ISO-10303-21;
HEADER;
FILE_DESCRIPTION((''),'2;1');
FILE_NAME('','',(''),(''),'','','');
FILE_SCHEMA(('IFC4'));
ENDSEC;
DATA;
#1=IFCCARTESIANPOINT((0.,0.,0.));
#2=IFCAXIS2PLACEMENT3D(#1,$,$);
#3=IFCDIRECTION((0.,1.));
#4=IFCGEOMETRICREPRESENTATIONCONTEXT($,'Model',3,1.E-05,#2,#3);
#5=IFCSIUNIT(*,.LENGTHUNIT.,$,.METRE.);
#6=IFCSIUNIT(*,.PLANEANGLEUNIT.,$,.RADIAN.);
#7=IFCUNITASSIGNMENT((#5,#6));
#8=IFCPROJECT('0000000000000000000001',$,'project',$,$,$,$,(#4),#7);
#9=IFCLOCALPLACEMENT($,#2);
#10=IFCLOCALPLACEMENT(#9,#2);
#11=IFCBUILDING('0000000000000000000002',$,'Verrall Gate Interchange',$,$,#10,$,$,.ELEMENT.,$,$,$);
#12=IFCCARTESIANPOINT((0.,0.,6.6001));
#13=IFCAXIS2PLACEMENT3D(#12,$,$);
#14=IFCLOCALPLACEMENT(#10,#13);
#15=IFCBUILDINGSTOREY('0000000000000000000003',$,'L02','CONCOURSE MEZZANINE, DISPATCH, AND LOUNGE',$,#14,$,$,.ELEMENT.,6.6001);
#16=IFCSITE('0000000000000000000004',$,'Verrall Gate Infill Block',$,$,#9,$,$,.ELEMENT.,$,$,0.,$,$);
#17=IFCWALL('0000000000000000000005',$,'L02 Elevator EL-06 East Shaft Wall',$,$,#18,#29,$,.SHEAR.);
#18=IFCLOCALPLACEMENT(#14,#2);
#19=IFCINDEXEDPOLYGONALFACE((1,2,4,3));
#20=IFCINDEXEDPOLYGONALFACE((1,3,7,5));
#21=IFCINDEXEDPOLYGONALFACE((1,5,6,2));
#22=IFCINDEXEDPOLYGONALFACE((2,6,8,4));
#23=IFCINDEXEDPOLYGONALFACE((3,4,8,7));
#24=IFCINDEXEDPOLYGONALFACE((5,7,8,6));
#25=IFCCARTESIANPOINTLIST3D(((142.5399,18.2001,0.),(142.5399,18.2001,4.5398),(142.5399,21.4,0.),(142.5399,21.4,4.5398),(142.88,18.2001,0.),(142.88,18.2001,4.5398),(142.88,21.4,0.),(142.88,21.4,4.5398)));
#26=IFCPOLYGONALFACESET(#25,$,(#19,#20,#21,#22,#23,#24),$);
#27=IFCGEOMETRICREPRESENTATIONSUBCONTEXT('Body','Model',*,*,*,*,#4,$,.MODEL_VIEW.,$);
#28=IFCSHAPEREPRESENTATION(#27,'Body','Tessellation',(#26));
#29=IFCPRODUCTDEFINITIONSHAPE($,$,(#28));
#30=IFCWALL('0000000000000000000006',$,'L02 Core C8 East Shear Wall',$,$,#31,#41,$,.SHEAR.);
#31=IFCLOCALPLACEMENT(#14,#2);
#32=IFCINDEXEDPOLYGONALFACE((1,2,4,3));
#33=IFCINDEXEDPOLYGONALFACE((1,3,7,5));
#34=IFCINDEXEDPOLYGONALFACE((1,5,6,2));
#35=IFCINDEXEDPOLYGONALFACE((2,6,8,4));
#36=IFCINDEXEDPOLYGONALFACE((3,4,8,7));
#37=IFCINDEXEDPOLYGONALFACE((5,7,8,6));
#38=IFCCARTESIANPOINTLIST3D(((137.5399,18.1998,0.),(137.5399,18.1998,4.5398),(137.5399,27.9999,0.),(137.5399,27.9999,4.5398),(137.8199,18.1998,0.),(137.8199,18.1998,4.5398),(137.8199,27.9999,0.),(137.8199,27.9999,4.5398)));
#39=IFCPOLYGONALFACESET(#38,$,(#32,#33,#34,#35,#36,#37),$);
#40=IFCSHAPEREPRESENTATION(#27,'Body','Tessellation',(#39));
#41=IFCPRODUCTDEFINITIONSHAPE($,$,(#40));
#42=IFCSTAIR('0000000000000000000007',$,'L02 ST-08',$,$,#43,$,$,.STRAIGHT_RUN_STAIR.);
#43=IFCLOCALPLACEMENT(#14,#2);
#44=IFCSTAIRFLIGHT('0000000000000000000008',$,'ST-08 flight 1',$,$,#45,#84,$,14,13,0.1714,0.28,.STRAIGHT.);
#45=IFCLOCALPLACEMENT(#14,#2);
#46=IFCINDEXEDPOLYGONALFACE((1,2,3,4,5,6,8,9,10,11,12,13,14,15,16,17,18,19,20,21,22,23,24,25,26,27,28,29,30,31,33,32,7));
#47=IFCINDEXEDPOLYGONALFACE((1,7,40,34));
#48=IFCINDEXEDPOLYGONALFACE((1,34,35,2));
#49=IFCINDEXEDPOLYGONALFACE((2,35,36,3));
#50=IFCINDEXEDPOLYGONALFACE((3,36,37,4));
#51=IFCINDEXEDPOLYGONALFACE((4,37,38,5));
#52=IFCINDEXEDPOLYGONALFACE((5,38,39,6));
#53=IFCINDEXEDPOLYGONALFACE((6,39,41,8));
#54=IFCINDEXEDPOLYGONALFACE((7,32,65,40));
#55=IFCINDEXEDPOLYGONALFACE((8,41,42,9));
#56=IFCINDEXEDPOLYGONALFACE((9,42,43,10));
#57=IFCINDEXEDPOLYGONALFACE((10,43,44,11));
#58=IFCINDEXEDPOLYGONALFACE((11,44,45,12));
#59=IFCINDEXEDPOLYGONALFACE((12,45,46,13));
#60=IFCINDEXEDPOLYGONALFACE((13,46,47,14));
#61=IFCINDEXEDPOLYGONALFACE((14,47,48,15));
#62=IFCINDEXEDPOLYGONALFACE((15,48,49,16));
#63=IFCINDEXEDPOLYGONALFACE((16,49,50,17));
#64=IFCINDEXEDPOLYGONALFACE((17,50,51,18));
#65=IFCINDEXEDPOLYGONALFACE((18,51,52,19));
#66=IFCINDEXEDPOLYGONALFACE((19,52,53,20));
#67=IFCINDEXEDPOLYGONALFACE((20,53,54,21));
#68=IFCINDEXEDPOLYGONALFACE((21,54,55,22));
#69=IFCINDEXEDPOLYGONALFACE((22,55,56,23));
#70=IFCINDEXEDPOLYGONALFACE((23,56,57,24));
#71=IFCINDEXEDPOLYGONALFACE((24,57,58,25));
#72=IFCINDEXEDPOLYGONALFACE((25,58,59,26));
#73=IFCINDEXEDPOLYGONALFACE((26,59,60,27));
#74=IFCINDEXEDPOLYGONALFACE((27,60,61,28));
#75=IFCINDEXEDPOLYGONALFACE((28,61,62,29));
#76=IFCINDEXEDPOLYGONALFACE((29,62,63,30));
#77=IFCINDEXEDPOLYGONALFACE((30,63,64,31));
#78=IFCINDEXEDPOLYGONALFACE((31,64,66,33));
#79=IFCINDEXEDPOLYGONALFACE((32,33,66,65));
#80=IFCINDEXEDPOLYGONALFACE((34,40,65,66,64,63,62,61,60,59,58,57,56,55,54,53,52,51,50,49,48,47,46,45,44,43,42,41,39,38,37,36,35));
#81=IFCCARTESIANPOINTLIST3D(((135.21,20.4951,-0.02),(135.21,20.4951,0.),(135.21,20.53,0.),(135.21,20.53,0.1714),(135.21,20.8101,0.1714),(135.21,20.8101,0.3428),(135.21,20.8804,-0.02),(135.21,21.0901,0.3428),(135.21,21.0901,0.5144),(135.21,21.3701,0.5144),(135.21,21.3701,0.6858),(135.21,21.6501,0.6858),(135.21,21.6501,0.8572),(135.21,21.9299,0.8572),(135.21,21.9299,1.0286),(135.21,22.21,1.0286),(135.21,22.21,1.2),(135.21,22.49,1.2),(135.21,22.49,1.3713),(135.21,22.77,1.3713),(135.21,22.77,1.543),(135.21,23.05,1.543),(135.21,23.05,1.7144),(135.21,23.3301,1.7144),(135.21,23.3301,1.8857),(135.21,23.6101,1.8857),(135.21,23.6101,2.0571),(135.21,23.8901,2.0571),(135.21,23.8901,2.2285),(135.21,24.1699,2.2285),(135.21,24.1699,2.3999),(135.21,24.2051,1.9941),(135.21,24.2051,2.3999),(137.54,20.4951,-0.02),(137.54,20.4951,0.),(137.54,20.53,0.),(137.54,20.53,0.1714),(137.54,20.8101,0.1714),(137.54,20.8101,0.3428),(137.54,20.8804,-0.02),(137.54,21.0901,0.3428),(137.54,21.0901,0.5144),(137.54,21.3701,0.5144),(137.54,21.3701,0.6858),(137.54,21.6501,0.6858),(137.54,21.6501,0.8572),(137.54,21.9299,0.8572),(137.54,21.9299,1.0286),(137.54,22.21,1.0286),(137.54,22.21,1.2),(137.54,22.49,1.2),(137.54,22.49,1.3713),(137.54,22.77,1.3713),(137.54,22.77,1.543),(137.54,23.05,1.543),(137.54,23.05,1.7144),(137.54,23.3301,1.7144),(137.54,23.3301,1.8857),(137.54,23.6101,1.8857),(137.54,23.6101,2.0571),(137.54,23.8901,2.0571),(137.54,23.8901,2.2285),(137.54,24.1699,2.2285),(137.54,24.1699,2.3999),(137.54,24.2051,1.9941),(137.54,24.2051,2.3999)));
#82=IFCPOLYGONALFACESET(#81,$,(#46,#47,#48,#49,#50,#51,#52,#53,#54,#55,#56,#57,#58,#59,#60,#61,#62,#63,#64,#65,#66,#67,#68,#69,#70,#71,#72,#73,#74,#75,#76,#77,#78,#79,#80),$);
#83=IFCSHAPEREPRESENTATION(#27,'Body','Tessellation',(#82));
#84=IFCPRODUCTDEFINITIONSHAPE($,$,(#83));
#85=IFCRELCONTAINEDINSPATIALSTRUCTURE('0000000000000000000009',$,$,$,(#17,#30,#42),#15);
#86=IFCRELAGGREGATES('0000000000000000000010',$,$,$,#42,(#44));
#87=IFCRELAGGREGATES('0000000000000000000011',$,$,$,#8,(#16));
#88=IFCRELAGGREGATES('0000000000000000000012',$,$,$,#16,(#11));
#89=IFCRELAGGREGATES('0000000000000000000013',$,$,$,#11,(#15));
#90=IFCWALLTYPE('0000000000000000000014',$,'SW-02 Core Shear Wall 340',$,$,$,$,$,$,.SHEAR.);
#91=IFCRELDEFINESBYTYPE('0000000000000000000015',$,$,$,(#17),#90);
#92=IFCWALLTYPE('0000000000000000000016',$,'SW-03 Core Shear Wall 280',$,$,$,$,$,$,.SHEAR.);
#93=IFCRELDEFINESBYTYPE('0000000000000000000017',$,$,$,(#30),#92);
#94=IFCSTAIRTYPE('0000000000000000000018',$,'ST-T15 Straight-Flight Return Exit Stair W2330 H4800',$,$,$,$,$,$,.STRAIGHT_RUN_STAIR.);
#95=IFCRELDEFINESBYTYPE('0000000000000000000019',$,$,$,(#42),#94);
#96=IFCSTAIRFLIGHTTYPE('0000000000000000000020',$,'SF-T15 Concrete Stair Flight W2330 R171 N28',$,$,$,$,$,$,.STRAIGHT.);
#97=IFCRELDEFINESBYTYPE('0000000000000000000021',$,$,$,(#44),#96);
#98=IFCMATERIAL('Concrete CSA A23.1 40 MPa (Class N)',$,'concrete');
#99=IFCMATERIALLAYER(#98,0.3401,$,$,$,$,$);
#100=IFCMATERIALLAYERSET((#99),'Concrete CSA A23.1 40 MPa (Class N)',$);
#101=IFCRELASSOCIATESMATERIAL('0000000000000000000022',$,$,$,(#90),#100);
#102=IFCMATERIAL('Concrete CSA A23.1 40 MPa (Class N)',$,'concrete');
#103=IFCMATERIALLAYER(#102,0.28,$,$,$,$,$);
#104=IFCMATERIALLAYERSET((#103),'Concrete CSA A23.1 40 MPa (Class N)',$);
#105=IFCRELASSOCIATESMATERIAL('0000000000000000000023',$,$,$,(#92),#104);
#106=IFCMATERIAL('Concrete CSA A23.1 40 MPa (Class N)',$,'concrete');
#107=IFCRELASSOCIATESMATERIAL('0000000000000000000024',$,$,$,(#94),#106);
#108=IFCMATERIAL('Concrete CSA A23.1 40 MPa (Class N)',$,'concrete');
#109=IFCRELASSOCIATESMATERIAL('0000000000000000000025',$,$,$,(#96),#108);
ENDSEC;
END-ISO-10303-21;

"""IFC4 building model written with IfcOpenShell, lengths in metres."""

from ifc_helpers import new_model, si_unit, direction, frame, frame_2d, origin, place, context, subcontext, project, spatial, polyline, rectangle, outline, extrude, material, layer, layer_set, type_object, element, aggregate, save


model = new_model("IFC4")

# Units and contexts
model_context = context("Model", 3, precision=1e-05, world=origin(), true_north=direction((0.0, 1.0)))
body_context = subcontext(model_context, "Body", "Model", "MODEL_VIEW")
ifc_project = project(units=[si_unit("LENGTHUNIT", "METRE"), si_unit("PLANEANGLEUNIT", "RADIAN")], contexts=[model_context])

# Site, building, storey
site_placement = place(None, origin())
site = spatial("IfcSite", under=ifc_project, at=site_placement, Name="Verrall Gate Infill Block", CompositionType="ELEMENT", RefElevation=0.0)
building_placement = place(site_placement, origin())
building = spatial("IfcBuilding", under=site, at=building_placement, Name="Verrall Gate Interchange", CompositionType="ELEMENT")
storey_placement = place(building_placement, frame((0.0, 0.0, 6.6001)))
storey = spatial("IfcBuildingStorey", under=building, at=storey_placement, Name="L02", Description="CONCOURSE MEZZANINE, DISPATCH, AND LOUNGE", CompositionType="ELEMENT", Elevation=6.6001)

# Shared definitions
ifc_material_1 = material(Name="Concrete CSA A23.1 40 MPa (Class N)", Category="concrete")
ifc_layer_1 = layer(ifc_material_1, 0.3401)
ifc_layer_set_1 = layer_set([ifc_layer_1], Name="Concrete CSA A23.1 40 MPa (Class N)")
wall_type_1 = type_object("IfcWallType", Name="SW-02 Core Shear Wall 340", PredefinedType="SHEAR", material=ifc_layer_set_1)

# Walls
for number, where, z_axis, x_axis, name in (
    (1, (142.71, 18.2, 0.0), (0.0, 0.0, 1.0), (0.0, 1.0, 0.0), "L02 Elevator EL-06 East Shaft Wall"),
):
    element("IfcWall", number, at=place(storey_placement, frame(where, z_axis=z_axis, x_axis=x_axis)), inside=storey, type_object=wall_type_1, Name=name, PredefinedType="SHEAR", context=body_context, shape_type="SweptSolid", body=[
        extrude(rectangle(XDim=3.2, YDim=0.3401, at=frame_2d((1.6001, 0.0))), origin(), (0.0, 0.0, 1.0), 4.5398),
    ])
ifc_material_2 = material(Name="Concrete CSA A23.1 40 MPa (Class N)", Category="concrete")
ifc_layer_2 = layer(ifc_material_2, 0.28)
ifc_layer_set_2 = layer_set([ifc_layer_2], Name="Concrete CSA A23.1 40 MPa (Class N)")
wall_type_2 = type_object("IfcWallType", Name="SW-03 Core Shear Wall 280", PredefinedType="SHEAR", material=ifc_layer_set_2)
wall_1_placement = place(storey_placement, frame((137.6799, 18.2, 0.0), z_axis=(0.0, 0.0, 1.0), x_axis=(0.0, 1.0, 0.0)))
element("IfcWall", 2, at=wall_1_placement, inside=storey, type_object=wall_type_2, Name="L02 Core C8 East Shear Wall", PredefinedType="SHEAR", context=body_context, shape_type="SweptSolid", body=[
    extrude(rectangle(XDim=9.8, YDim=0.28, at=frame_2d((4.8999, 0.0))), origin(), (0.0, 0.0, 1.0), 4.5398),
])

# Stair, stair flight
ifc_material_3 = material(Name="Concrete CSA A23.1 40 MPa (Class N)", Category="concrete")
stair_type = type_object("IfcStairType", Name="ST-T15 Straight-Flight Return Exit Stair W2330 H4800", PredefinedType="STRAIGHT_RUN_STAIR", material=ifc_material_3)
stair_placement = place(storey_placement, origin())
stair = element("IfcStair", 3, at=stair_placement, inside=storey, type_object=stair_type, Name="L02 ST-08", PredefinedType="STRAIGHT_RUN_STAIR")
ifc_material_4 = material(Name="Concrete CSA A23.1 40 MPa (Class N)", Category="concrete")
stair_flight_type = type_object("IfcStairFlightType", Name="SF-T15 Concrete Stair Flight W2330 R171 N28", PredefinedType="STRAIGHT", material=ifc_material_4)
stair_flight_placement = place(storey_placement, frame((136.375, 20.53, 0.0), z_axis=(0.0, 0.0, 1.0), x_axis=(0.0, 1.0, 0.0)))
stair_flight = element("IfcStairFlight", 4, at=stair_flight_placement, type_object=stair_flight_type, Name="ST-08 flight 1", NumberOfRisers=14, NumberOfTreads=13, PredefinedType="STRAIGHT", RiserHeight=0.1714, TreadLength=0.28, context=body_context, shape_type="SweptSolid", body=[
    extrude(outline(polyline([(-0.0349, -0.02), (-0.0349, 0.0), (0.0, 0.0), (0.0, 0.1714), (0.28, 0.1714), (0.28, 0.3428), (0.5601, 0.3428), (0.5601, 0.5144), (0.8401, 0.5144), (0.8401, 0.6858), (1.1201, 0.6858), (1.1201, 0.8572), (1.3999, 0.8572), (1.3999, 1.0286), (1.6799, 1.0286), (1.6799, 1.2), (1.96, 1.2), (1.96, 1.3713), (2.24, 1.3713), (2.24, 1.543), (2.52, 1.543), (2.52, 1.7144), (2.8, 1.7144), (2.8, 1.8857), (3.0801, 1.8857), (3.0801, 2.0571), (3.3601, 2.0571), (3.3601, 2.2285), (3.6399, 2.2285), (3.6399, 2.3999), (3.675, 2.3999), (3.675, 1.9941), (0.3503, -0.02), (-0.0349, -0.02)])), frame((0.0, 1.165, 0.0), z_axis=(0.0, -1.0, 0.0), x_axis=(1.0, 0.0, 0.0)), (0.0, 0.0, 1.0), 2.3301),
])
aggregate(stair, [stair_flight])

save(model, "model.ifc")
